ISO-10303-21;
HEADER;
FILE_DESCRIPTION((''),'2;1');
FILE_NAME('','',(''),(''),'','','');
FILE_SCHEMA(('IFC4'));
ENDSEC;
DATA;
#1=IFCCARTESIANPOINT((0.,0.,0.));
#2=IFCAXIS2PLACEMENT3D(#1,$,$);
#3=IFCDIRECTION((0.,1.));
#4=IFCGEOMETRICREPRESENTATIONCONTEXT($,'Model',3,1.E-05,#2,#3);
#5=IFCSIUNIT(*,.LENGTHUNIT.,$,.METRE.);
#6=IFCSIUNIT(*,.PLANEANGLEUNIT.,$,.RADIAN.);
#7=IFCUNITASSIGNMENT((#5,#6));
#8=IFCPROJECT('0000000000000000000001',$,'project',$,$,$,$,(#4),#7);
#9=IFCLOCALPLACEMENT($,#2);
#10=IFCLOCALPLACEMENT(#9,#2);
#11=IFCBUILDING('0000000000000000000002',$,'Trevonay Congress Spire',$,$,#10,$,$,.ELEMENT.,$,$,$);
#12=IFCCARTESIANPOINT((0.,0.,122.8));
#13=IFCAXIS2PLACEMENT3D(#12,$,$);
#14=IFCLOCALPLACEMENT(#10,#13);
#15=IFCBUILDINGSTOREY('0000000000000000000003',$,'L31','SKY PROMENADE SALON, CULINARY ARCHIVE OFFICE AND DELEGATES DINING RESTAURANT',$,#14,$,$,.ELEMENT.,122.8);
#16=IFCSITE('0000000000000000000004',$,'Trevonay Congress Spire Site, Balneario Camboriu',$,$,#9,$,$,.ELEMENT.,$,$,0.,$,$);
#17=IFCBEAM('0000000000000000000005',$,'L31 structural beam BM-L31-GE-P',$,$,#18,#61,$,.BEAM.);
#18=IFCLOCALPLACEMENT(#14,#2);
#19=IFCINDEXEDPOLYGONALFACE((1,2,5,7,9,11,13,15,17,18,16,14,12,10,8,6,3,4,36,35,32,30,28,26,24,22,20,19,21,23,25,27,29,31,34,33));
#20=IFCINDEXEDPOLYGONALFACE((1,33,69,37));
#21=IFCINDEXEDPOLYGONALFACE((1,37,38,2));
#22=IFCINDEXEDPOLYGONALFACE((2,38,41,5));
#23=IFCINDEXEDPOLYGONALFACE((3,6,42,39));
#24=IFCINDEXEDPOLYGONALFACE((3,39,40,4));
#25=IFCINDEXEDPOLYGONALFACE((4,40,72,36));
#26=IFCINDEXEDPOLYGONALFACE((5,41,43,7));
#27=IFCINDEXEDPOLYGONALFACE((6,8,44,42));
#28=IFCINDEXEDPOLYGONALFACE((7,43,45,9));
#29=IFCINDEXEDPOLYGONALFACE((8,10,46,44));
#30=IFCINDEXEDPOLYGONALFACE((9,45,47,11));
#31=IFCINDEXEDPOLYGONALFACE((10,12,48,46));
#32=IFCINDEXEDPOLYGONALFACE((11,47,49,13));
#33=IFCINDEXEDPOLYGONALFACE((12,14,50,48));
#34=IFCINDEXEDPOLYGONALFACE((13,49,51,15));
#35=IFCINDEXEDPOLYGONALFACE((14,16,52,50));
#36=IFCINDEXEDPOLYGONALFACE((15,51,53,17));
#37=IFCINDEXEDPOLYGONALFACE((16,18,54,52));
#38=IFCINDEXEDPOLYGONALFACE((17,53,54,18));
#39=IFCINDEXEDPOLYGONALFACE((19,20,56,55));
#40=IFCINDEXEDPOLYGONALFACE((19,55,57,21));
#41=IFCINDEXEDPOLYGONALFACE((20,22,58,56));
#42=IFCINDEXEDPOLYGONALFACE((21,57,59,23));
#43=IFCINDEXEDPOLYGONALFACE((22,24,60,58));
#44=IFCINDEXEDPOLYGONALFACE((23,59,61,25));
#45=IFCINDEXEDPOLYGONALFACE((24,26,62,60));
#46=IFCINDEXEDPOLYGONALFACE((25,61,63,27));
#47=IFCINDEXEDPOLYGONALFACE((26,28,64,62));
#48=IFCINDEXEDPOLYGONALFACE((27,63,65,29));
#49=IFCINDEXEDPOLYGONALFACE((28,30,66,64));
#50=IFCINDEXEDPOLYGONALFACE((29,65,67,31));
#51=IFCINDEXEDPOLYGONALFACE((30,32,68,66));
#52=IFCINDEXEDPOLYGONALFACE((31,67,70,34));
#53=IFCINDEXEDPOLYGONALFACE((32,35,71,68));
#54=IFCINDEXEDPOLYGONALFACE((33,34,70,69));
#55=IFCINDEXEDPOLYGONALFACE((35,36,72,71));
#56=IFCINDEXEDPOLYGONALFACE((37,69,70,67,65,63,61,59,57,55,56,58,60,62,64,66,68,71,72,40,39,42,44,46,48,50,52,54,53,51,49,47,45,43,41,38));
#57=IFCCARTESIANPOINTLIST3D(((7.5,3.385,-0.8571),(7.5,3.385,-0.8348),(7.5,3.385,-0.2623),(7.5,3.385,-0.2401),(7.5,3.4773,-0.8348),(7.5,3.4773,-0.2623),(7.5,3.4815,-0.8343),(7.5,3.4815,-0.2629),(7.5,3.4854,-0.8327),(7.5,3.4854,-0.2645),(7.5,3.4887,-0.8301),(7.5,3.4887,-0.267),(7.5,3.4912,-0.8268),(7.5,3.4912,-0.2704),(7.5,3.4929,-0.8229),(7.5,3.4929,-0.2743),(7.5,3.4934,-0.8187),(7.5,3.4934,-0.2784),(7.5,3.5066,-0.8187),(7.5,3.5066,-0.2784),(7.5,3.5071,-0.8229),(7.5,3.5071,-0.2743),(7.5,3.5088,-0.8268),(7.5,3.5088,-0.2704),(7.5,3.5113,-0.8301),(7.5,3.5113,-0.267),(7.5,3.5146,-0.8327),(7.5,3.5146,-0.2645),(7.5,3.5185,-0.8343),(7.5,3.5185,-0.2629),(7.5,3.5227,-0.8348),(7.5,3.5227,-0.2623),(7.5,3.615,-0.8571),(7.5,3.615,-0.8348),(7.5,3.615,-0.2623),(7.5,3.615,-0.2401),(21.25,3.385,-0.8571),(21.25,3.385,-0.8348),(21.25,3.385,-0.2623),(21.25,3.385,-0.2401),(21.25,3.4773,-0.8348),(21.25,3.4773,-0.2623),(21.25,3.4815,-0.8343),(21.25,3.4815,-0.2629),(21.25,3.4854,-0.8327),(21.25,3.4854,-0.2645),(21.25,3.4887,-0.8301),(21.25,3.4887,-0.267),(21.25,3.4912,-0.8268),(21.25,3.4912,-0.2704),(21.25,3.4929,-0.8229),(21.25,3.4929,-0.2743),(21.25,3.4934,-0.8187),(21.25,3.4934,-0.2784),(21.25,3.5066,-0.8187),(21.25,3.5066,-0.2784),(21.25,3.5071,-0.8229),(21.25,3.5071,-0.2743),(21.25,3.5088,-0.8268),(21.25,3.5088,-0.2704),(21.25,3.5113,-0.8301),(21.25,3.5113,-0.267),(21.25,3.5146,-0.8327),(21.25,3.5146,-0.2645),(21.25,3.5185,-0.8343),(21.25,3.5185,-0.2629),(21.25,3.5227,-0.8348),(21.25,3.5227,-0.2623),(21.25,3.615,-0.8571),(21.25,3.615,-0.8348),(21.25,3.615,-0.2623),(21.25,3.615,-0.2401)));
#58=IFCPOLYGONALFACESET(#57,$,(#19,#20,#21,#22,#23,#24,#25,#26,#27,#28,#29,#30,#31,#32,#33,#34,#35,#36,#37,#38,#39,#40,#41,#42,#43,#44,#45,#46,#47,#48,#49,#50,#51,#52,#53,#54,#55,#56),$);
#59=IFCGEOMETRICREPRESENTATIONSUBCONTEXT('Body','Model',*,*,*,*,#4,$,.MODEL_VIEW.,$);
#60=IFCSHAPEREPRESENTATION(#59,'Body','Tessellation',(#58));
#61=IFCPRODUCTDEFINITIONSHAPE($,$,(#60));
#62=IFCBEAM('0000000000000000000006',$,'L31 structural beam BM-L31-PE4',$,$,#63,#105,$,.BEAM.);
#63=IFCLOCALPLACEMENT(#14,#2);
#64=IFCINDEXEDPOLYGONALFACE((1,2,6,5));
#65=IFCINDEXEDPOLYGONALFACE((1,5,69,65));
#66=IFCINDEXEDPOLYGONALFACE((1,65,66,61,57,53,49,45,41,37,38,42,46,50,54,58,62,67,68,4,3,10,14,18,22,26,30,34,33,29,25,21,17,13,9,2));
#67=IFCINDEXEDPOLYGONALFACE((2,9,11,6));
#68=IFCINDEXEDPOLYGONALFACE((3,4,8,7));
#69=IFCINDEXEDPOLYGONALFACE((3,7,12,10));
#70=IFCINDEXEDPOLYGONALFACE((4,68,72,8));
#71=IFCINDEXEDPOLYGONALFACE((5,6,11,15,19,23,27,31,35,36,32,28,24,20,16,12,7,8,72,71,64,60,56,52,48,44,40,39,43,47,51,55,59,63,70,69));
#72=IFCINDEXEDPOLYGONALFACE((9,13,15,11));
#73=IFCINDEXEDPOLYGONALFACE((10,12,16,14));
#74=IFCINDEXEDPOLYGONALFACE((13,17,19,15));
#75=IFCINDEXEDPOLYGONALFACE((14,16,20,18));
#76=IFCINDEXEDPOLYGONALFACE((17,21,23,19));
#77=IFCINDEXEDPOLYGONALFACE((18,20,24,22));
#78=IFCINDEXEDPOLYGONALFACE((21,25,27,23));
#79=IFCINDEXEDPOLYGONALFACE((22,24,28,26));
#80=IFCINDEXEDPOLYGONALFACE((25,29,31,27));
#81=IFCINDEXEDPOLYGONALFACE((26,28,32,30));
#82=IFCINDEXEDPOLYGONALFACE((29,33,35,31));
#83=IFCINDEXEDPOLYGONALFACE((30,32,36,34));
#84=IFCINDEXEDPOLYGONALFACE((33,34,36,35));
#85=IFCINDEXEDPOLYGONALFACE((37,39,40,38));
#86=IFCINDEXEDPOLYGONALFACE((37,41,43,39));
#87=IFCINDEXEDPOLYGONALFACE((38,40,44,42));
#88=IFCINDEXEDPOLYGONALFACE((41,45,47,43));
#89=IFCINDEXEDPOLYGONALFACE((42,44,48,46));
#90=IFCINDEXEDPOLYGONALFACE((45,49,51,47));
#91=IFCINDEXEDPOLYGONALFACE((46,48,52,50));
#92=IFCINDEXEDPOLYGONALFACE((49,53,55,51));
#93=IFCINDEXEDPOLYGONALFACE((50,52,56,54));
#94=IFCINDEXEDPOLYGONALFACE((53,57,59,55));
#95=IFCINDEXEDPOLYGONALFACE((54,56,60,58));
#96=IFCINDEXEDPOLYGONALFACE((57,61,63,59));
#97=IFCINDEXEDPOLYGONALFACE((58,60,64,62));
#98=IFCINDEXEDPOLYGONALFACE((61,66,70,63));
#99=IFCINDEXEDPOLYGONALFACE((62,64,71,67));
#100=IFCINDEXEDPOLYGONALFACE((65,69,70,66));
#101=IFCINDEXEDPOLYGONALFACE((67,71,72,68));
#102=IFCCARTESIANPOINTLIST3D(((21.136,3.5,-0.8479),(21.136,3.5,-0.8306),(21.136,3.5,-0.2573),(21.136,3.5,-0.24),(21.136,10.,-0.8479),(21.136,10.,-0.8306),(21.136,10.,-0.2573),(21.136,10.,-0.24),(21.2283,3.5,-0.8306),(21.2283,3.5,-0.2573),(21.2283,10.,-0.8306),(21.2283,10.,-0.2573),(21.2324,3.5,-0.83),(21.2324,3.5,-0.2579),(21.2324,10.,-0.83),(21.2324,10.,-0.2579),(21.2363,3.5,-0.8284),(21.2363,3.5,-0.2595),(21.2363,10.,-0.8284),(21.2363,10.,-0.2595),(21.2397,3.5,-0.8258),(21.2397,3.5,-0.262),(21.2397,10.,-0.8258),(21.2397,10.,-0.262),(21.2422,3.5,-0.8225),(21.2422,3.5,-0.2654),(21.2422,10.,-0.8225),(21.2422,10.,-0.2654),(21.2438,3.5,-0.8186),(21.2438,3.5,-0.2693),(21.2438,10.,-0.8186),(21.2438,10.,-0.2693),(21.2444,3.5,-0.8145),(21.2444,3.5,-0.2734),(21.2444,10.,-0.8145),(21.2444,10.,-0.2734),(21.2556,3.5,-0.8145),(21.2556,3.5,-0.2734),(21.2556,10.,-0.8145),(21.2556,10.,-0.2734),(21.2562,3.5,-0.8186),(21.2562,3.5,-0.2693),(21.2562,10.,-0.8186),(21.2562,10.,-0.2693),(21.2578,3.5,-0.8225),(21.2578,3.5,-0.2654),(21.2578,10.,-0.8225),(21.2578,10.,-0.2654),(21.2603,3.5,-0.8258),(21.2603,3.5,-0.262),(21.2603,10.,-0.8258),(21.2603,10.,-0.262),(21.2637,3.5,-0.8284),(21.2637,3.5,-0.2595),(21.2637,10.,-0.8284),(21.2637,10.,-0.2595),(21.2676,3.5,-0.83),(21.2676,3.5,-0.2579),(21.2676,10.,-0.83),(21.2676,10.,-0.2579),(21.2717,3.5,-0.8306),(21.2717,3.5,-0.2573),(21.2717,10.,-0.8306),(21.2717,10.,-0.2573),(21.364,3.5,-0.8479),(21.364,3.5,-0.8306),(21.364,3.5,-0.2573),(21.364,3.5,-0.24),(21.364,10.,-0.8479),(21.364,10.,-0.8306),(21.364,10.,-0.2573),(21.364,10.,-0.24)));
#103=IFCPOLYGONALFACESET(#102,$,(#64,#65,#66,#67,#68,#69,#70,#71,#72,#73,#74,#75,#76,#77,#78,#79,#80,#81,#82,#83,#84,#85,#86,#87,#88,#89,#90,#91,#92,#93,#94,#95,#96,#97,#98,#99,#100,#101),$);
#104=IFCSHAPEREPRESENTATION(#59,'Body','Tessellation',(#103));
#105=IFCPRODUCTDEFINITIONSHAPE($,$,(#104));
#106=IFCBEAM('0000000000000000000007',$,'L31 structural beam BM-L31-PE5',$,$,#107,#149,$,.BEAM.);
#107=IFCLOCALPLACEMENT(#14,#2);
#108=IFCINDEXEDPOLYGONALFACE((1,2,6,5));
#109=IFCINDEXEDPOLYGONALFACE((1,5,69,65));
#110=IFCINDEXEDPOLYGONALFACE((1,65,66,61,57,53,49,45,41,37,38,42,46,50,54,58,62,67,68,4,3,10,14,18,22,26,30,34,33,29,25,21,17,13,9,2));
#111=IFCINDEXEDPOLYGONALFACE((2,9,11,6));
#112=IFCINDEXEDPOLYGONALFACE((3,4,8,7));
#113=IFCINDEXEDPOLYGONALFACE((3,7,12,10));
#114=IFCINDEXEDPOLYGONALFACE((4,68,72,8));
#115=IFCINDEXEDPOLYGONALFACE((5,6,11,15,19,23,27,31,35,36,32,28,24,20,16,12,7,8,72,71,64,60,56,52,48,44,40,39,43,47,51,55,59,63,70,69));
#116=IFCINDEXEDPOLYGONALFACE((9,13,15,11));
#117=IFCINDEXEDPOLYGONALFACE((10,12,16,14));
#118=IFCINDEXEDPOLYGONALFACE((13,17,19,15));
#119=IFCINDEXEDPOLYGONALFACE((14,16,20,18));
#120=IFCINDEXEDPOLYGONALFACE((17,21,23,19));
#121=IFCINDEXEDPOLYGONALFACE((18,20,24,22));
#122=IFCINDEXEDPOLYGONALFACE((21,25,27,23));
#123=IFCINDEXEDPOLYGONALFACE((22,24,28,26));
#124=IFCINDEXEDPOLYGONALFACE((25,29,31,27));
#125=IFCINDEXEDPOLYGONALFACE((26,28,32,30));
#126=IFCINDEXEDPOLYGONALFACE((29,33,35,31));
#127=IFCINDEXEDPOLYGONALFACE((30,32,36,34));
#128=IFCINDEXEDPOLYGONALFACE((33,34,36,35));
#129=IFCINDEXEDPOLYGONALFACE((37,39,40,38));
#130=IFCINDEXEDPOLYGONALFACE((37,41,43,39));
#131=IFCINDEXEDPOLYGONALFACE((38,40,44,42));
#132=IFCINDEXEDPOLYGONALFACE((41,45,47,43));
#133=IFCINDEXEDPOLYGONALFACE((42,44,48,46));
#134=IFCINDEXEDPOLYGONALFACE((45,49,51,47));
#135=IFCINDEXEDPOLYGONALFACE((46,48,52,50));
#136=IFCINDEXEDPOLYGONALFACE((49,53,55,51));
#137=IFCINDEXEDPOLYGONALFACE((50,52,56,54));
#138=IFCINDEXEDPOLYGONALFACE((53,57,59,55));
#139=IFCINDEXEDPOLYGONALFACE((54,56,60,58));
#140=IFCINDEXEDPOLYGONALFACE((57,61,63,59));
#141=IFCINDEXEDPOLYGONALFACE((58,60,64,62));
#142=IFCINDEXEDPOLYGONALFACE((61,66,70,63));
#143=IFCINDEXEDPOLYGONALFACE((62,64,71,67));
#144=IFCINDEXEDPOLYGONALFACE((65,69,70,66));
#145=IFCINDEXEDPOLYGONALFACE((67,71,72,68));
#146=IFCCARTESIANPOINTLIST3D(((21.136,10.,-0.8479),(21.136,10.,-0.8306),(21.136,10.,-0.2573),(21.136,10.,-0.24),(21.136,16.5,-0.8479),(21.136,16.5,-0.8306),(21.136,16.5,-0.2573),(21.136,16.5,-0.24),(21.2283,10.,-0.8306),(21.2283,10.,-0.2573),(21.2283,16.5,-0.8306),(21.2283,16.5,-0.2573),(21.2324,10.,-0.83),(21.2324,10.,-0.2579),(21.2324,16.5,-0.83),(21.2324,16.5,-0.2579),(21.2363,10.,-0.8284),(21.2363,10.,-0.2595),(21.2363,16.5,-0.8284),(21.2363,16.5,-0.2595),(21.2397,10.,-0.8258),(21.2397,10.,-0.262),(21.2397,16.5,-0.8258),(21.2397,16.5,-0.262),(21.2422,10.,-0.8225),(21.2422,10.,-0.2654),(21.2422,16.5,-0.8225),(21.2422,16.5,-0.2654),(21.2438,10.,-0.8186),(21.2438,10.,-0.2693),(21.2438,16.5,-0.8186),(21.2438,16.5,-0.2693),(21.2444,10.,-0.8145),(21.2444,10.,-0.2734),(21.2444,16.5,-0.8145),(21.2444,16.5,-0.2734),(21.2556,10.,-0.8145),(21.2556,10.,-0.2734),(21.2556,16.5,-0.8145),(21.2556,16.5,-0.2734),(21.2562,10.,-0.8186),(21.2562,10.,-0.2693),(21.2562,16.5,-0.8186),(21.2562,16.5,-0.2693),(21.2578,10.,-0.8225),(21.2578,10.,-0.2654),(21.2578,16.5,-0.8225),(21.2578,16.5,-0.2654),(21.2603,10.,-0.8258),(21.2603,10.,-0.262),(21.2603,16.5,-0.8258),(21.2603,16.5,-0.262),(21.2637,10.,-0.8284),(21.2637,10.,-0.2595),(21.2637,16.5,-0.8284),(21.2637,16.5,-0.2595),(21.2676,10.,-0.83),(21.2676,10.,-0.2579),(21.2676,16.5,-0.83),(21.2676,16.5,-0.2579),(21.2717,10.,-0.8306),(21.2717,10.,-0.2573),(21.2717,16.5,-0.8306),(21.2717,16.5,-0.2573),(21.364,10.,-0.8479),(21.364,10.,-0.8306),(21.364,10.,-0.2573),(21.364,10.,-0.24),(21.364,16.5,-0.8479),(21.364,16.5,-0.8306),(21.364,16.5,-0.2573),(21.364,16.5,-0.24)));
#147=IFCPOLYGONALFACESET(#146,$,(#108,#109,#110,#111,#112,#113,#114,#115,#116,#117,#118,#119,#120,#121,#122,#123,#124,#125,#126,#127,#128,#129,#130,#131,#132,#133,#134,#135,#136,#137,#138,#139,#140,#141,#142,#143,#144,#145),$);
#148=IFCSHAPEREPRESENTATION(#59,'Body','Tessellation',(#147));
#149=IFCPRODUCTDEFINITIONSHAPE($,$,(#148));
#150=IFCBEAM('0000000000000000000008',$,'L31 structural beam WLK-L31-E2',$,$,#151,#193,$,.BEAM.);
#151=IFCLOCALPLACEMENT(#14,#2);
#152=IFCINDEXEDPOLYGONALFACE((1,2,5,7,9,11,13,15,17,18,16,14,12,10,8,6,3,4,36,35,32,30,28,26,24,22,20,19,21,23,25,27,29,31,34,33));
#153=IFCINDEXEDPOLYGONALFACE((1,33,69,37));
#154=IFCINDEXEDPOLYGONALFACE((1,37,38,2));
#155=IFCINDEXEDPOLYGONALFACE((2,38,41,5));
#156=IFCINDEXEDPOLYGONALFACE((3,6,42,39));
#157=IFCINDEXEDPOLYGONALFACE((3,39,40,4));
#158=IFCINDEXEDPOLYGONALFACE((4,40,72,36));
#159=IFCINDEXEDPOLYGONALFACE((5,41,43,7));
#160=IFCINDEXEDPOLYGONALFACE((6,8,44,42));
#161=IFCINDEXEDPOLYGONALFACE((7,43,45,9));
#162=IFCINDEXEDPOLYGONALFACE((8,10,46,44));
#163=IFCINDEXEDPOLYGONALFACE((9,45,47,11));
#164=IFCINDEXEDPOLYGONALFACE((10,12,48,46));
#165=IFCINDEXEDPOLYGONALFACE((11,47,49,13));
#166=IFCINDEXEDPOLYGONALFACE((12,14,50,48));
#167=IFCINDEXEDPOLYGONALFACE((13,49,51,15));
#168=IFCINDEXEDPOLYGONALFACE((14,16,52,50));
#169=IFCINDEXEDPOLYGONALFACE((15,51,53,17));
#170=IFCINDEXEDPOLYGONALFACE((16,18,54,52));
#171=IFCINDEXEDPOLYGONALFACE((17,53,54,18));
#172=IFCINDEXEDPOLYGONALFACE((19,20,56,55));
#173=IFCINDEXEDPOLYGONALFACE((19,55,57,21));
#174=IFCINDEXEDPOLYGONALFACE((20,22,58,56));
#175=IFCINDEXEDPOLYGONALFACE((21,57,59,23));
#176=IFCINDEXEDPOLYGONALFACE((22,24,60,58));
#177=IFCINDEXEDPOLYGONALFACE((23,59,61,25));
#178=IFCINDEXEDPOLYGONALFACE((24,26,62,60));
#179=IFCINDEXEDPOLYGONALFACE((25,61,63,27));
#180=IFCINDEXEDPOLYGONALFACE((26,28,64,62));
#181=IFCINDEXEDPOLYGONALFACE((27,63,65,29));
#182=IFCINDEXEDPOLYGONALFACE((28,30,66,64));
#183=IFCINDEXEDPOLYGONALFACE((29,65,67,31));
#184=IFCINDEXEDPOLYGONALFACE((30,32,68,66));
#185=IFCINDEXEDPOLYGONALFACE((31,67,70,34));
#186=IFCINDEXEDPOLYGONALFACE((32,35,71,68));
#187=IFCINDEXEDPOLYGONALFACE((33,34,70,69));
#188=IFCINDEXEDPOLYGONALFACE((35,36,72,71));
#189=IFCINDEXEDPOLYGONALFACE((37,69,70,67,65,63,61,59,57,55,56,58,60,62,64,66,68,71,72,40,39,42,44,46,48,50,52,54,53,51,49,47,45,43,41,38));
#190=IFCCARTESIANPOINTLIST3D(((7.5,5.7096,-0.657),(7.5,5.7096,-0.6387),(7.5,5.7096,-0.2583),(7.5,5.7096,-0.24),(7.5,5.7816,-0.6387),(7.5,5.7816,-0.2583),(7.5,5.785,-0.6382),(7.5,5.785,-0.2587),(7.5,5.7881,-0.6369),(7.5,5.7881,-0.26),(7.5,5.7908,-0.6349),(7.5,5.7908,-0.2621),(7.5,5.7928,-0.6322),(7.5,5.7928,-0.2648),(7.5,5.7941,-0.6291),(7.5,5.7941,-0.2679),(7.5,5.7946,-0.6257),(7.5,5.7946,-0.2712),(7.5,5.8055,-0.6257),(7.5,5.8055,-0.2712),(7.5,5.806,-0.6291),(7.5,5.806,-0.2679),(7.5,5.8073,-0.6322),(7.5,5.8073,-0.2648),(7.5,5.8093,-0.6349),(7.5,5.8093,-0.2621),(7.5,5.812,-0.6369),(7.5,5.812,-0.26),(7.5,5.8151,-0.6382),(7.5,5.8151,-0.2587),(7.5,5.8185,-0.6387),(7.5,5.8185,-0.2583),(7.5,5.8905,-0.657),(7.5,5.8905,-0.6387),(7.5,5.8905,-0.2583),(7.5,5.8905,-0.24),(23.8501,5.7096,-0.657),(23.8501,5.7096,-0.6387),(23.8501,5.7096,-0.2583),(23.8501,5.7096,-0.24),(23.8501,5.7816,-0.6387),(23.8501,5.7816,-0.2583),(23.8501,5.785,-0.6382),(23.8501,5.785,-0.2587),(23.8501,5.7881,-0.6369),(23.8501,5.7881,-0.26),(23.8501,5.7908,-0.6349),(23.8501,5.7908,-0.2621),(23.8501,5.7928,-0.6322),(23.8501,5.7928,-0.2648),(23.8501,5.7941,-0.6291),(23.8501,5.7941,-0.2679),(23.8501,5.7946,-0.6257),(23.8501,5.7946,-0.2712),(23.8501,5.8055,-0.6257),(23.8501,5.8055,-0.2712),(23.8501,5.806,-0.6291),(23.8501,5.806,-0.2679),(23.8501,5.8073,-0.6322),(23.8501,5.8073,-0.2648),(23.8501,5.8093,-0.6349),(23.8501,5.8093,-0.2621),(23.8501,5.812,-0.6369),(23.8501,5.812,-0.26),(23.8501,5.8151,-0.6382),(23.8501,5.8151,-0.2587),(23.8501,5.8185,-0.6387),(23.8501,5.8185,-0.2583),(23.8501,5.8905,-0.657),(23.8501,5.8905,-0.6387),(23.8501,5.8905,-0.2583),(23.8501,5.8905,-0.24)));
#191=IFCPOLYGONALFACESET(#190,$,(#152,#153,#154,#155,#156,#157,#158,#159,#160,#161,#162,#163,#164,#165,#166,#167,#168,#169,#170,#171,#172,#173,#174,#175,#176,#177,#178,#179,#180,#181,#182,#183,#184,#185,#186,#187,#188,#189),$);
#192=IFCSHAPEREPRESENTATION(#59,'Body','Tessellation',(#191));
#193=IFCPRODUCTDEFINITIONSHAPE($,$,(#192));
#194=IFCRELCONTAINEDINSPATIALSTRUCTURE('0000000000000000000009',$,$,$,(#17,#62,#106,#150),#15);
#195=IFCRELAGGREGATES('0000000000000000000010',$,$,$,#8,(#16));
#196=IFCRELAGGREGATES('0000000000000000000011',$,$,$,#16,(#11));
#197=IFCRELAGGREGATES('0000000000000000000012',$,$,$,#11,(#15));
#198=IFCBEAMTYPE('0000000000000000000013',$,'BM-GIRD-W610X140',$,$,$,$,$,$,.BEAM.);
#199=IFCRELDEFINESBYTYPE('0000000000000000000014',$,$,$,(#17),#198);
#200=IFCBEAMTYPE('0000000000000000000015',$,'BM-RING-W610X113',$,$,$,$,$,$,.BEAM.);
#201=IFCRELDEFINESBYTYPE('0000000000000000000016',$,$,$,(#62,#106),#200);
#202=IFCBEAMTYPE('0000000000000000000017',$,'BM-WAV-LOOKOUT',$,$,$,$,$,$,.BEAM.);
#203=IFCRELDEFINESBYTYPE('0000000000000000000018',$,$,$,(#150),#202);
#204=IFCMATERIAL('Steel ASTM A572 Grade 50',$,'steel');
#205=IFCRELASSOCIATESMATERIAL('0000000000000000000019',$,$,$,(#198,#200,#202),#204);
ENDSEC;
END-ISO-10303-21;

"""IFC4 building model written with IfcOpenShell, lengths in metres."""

from ifc_helpers import new_model, si_unit, direction, frame, origin, origin_2d, place, context, subcontext, project, spatial, i_section, extrude, material, material_profile, profile_set, type_object, element, save


model = new_model("IFC4")

# Units and contexts
model_context = context("Model", 3, precision=1e-05, world=origin(), true_north=direction((0.0, 1.0)))
body_context = subcontext(model_context, "Body", "Model", "MODEL_VIEW")
ifc_project = project(units=[si_unit("LENGTHUNIT", "METRE"), si_unit("PLANEANGLEUNIT", "RADIAN")], contexts=[model_context])

# Site, building, storey
site_placement = place(None, origin())
site = spatial("IfcSite", under=ifc_project, at=site_placement, Name="Trevonay Congress Spire Site, Balneario Camboriu", CompositionType="ELEMENT", RefElevation=0.0)
building_placement = place(site_placement, origin())
building = spatial("IfcBuilding", under=site, at=building_placement, Name="Trevonay Congress Spire", CompositionType="ELEMENT")
storey_placement = place(building_placement, frame((0.0, 0.0, 122.8)))
storey = spatial("IfcBuildingStorey", under=building, at=storey_placement, Name="L31", Description="SKY PROMENADE SALON, CULINARY ARCHIVE OFFICE AND DELEGATES DINING RESTAURANT", CompositionType="ELEMENT", Elevation=122.8)

# Shared definitions
ifc_material_1 = material(Name="Steel ASTM A572 Grade 50", Category="steel")

# Beams
ifc_material_profile_1 = material_profile(ifc_material_1, i_section(OverallWidth=0.23, OverallDepth=0.6169, WebThickness=0.0132, FlangeThickness=0.0222, FilletRadius=0.0161, at=origin_2d()), Name="W610x140")
ifc_profile_set_1 = profile_set([ifc_material_profile_1], Name="Steel ASTM A572 Grade 50")
beam_type_1 = type_object("IfcBeamType", Name="BM-GIRD-W610X140", PredefinedType="BEAM", material=ifc_profile_set_1)
beam_1_placement = place(storey_placement, frame((7.5, 3.5, -0.5486), z_axis=(1.0, 0.0, 0.0), x_axis=(0.0, 1.0, 0.0)))
element("IfcBeam", 1, at=beam_1_placement, inside=storey, type_object=beam_type_1, Name="L31 structural beam BM-L31-GE-P", PredefinedType="BEAM", context=body_context, shape_type="SweptSolid", body=[
    extrude(i_section(OverallWidth=0.23, OverallDepth=0.6169, WebThickness=0.0132, FlangeThickness=0.0222, FilletRadius=0.0161, at=origin_2d()), origin(), (0.0, 0.0, 1.0), 13.75),
])
ifc_material_profile_2 = material_profile(ifc_material_1, i_section(OverallWidth=0.228, OverallDepth=0.6079, WebThickness=0.0112, FlangeThickness=0.0173, FilletRadius=0.0161, at=origin_2d()), Name="W610x113")
ifc_profile_set_2 = profile_set([ifc_material_profile_2], Name="Steel ASTM A572 Grade 50")
beam_type_2 = type_object("IfcBeamType", Name="BM-RING-W610X113", PredefinedType="BEAM", material=ifc_profile_set_2)
for number, where, z_axis, x_axis, name in (
    (2, (21.25, 3.5, -0.5439), (0.0, 1.0, 0.0), (-1.0, 0.0, 0.0), "L31 structural beam BM-L31-PE4"),
    (3, (21.25, 10.0, -0.5439), (0.0, 1.0, 0.0), (-1.0, 0.0, 0.0), "L31 structural beam BM-L31-PE5"),
):
    element("IfcBeam", number, at=place(storey_placement, frame(where, z_axis=z_axis, x_axis=x_axis)), inside=storey, type_object=beam_type_2, Name=name, PredefinedType="BEAM", context=body_context, shape_type="SweptSolid", body=[
        extrude(i_section(OverallWidth=0.228, OverallDepth=0.6079, WebThickness=0.0112, FlangeThickness=0.0173, FilletRadius=0.0161, at=origin_2d()), origin(), (0.0, 0.0, 1.0), 6.5),
    ])
ifc_material_profile_3 = material_profile(ifc_material_1, i_section(OverallWidth=0.1809, OverallDepth=0.417, WebThickness=0.011, FlangeThickness=0.0183, FilletRadius=0.0129, at=origin_2d()), Name="W410x85")
ifc_profile_set_3 = profile_set([ifc_material_profile_3], Name="Steel ASTM A572 Grade 50")
beam_type_3 = type_object("IfcBeamType", Name="BM-WAV-LOOKOUT", PredefinedType="BEAM", material=ifc_profile_set_3)
beam_2_placement = place(storey_placement, frame((7.5, 5.8, -0.4485), z_axis=(1.0, 0.0, 0.0), x_axis=(0.0, 1.0, 0.0)))
element("IfcBeam", 4, at=beam_2_placement, inside=storey, type_object=beam_type_3, Name="L31 structural beam WLK-L31-E2", PredefinedType="BEAM", context=body_context, shape_type="SweptSolid", body=[
    extrude(i_section(OverallWidth=0.1809, OverallDepth=0.417, WebThickness=0.011, FlangeThickness=0.0183, FilletRadius=0.0129, at=origin_2d()), origin(), (0.0, 0.0, 1.0), 16.3501),
])

save(model, "model.ifc")
